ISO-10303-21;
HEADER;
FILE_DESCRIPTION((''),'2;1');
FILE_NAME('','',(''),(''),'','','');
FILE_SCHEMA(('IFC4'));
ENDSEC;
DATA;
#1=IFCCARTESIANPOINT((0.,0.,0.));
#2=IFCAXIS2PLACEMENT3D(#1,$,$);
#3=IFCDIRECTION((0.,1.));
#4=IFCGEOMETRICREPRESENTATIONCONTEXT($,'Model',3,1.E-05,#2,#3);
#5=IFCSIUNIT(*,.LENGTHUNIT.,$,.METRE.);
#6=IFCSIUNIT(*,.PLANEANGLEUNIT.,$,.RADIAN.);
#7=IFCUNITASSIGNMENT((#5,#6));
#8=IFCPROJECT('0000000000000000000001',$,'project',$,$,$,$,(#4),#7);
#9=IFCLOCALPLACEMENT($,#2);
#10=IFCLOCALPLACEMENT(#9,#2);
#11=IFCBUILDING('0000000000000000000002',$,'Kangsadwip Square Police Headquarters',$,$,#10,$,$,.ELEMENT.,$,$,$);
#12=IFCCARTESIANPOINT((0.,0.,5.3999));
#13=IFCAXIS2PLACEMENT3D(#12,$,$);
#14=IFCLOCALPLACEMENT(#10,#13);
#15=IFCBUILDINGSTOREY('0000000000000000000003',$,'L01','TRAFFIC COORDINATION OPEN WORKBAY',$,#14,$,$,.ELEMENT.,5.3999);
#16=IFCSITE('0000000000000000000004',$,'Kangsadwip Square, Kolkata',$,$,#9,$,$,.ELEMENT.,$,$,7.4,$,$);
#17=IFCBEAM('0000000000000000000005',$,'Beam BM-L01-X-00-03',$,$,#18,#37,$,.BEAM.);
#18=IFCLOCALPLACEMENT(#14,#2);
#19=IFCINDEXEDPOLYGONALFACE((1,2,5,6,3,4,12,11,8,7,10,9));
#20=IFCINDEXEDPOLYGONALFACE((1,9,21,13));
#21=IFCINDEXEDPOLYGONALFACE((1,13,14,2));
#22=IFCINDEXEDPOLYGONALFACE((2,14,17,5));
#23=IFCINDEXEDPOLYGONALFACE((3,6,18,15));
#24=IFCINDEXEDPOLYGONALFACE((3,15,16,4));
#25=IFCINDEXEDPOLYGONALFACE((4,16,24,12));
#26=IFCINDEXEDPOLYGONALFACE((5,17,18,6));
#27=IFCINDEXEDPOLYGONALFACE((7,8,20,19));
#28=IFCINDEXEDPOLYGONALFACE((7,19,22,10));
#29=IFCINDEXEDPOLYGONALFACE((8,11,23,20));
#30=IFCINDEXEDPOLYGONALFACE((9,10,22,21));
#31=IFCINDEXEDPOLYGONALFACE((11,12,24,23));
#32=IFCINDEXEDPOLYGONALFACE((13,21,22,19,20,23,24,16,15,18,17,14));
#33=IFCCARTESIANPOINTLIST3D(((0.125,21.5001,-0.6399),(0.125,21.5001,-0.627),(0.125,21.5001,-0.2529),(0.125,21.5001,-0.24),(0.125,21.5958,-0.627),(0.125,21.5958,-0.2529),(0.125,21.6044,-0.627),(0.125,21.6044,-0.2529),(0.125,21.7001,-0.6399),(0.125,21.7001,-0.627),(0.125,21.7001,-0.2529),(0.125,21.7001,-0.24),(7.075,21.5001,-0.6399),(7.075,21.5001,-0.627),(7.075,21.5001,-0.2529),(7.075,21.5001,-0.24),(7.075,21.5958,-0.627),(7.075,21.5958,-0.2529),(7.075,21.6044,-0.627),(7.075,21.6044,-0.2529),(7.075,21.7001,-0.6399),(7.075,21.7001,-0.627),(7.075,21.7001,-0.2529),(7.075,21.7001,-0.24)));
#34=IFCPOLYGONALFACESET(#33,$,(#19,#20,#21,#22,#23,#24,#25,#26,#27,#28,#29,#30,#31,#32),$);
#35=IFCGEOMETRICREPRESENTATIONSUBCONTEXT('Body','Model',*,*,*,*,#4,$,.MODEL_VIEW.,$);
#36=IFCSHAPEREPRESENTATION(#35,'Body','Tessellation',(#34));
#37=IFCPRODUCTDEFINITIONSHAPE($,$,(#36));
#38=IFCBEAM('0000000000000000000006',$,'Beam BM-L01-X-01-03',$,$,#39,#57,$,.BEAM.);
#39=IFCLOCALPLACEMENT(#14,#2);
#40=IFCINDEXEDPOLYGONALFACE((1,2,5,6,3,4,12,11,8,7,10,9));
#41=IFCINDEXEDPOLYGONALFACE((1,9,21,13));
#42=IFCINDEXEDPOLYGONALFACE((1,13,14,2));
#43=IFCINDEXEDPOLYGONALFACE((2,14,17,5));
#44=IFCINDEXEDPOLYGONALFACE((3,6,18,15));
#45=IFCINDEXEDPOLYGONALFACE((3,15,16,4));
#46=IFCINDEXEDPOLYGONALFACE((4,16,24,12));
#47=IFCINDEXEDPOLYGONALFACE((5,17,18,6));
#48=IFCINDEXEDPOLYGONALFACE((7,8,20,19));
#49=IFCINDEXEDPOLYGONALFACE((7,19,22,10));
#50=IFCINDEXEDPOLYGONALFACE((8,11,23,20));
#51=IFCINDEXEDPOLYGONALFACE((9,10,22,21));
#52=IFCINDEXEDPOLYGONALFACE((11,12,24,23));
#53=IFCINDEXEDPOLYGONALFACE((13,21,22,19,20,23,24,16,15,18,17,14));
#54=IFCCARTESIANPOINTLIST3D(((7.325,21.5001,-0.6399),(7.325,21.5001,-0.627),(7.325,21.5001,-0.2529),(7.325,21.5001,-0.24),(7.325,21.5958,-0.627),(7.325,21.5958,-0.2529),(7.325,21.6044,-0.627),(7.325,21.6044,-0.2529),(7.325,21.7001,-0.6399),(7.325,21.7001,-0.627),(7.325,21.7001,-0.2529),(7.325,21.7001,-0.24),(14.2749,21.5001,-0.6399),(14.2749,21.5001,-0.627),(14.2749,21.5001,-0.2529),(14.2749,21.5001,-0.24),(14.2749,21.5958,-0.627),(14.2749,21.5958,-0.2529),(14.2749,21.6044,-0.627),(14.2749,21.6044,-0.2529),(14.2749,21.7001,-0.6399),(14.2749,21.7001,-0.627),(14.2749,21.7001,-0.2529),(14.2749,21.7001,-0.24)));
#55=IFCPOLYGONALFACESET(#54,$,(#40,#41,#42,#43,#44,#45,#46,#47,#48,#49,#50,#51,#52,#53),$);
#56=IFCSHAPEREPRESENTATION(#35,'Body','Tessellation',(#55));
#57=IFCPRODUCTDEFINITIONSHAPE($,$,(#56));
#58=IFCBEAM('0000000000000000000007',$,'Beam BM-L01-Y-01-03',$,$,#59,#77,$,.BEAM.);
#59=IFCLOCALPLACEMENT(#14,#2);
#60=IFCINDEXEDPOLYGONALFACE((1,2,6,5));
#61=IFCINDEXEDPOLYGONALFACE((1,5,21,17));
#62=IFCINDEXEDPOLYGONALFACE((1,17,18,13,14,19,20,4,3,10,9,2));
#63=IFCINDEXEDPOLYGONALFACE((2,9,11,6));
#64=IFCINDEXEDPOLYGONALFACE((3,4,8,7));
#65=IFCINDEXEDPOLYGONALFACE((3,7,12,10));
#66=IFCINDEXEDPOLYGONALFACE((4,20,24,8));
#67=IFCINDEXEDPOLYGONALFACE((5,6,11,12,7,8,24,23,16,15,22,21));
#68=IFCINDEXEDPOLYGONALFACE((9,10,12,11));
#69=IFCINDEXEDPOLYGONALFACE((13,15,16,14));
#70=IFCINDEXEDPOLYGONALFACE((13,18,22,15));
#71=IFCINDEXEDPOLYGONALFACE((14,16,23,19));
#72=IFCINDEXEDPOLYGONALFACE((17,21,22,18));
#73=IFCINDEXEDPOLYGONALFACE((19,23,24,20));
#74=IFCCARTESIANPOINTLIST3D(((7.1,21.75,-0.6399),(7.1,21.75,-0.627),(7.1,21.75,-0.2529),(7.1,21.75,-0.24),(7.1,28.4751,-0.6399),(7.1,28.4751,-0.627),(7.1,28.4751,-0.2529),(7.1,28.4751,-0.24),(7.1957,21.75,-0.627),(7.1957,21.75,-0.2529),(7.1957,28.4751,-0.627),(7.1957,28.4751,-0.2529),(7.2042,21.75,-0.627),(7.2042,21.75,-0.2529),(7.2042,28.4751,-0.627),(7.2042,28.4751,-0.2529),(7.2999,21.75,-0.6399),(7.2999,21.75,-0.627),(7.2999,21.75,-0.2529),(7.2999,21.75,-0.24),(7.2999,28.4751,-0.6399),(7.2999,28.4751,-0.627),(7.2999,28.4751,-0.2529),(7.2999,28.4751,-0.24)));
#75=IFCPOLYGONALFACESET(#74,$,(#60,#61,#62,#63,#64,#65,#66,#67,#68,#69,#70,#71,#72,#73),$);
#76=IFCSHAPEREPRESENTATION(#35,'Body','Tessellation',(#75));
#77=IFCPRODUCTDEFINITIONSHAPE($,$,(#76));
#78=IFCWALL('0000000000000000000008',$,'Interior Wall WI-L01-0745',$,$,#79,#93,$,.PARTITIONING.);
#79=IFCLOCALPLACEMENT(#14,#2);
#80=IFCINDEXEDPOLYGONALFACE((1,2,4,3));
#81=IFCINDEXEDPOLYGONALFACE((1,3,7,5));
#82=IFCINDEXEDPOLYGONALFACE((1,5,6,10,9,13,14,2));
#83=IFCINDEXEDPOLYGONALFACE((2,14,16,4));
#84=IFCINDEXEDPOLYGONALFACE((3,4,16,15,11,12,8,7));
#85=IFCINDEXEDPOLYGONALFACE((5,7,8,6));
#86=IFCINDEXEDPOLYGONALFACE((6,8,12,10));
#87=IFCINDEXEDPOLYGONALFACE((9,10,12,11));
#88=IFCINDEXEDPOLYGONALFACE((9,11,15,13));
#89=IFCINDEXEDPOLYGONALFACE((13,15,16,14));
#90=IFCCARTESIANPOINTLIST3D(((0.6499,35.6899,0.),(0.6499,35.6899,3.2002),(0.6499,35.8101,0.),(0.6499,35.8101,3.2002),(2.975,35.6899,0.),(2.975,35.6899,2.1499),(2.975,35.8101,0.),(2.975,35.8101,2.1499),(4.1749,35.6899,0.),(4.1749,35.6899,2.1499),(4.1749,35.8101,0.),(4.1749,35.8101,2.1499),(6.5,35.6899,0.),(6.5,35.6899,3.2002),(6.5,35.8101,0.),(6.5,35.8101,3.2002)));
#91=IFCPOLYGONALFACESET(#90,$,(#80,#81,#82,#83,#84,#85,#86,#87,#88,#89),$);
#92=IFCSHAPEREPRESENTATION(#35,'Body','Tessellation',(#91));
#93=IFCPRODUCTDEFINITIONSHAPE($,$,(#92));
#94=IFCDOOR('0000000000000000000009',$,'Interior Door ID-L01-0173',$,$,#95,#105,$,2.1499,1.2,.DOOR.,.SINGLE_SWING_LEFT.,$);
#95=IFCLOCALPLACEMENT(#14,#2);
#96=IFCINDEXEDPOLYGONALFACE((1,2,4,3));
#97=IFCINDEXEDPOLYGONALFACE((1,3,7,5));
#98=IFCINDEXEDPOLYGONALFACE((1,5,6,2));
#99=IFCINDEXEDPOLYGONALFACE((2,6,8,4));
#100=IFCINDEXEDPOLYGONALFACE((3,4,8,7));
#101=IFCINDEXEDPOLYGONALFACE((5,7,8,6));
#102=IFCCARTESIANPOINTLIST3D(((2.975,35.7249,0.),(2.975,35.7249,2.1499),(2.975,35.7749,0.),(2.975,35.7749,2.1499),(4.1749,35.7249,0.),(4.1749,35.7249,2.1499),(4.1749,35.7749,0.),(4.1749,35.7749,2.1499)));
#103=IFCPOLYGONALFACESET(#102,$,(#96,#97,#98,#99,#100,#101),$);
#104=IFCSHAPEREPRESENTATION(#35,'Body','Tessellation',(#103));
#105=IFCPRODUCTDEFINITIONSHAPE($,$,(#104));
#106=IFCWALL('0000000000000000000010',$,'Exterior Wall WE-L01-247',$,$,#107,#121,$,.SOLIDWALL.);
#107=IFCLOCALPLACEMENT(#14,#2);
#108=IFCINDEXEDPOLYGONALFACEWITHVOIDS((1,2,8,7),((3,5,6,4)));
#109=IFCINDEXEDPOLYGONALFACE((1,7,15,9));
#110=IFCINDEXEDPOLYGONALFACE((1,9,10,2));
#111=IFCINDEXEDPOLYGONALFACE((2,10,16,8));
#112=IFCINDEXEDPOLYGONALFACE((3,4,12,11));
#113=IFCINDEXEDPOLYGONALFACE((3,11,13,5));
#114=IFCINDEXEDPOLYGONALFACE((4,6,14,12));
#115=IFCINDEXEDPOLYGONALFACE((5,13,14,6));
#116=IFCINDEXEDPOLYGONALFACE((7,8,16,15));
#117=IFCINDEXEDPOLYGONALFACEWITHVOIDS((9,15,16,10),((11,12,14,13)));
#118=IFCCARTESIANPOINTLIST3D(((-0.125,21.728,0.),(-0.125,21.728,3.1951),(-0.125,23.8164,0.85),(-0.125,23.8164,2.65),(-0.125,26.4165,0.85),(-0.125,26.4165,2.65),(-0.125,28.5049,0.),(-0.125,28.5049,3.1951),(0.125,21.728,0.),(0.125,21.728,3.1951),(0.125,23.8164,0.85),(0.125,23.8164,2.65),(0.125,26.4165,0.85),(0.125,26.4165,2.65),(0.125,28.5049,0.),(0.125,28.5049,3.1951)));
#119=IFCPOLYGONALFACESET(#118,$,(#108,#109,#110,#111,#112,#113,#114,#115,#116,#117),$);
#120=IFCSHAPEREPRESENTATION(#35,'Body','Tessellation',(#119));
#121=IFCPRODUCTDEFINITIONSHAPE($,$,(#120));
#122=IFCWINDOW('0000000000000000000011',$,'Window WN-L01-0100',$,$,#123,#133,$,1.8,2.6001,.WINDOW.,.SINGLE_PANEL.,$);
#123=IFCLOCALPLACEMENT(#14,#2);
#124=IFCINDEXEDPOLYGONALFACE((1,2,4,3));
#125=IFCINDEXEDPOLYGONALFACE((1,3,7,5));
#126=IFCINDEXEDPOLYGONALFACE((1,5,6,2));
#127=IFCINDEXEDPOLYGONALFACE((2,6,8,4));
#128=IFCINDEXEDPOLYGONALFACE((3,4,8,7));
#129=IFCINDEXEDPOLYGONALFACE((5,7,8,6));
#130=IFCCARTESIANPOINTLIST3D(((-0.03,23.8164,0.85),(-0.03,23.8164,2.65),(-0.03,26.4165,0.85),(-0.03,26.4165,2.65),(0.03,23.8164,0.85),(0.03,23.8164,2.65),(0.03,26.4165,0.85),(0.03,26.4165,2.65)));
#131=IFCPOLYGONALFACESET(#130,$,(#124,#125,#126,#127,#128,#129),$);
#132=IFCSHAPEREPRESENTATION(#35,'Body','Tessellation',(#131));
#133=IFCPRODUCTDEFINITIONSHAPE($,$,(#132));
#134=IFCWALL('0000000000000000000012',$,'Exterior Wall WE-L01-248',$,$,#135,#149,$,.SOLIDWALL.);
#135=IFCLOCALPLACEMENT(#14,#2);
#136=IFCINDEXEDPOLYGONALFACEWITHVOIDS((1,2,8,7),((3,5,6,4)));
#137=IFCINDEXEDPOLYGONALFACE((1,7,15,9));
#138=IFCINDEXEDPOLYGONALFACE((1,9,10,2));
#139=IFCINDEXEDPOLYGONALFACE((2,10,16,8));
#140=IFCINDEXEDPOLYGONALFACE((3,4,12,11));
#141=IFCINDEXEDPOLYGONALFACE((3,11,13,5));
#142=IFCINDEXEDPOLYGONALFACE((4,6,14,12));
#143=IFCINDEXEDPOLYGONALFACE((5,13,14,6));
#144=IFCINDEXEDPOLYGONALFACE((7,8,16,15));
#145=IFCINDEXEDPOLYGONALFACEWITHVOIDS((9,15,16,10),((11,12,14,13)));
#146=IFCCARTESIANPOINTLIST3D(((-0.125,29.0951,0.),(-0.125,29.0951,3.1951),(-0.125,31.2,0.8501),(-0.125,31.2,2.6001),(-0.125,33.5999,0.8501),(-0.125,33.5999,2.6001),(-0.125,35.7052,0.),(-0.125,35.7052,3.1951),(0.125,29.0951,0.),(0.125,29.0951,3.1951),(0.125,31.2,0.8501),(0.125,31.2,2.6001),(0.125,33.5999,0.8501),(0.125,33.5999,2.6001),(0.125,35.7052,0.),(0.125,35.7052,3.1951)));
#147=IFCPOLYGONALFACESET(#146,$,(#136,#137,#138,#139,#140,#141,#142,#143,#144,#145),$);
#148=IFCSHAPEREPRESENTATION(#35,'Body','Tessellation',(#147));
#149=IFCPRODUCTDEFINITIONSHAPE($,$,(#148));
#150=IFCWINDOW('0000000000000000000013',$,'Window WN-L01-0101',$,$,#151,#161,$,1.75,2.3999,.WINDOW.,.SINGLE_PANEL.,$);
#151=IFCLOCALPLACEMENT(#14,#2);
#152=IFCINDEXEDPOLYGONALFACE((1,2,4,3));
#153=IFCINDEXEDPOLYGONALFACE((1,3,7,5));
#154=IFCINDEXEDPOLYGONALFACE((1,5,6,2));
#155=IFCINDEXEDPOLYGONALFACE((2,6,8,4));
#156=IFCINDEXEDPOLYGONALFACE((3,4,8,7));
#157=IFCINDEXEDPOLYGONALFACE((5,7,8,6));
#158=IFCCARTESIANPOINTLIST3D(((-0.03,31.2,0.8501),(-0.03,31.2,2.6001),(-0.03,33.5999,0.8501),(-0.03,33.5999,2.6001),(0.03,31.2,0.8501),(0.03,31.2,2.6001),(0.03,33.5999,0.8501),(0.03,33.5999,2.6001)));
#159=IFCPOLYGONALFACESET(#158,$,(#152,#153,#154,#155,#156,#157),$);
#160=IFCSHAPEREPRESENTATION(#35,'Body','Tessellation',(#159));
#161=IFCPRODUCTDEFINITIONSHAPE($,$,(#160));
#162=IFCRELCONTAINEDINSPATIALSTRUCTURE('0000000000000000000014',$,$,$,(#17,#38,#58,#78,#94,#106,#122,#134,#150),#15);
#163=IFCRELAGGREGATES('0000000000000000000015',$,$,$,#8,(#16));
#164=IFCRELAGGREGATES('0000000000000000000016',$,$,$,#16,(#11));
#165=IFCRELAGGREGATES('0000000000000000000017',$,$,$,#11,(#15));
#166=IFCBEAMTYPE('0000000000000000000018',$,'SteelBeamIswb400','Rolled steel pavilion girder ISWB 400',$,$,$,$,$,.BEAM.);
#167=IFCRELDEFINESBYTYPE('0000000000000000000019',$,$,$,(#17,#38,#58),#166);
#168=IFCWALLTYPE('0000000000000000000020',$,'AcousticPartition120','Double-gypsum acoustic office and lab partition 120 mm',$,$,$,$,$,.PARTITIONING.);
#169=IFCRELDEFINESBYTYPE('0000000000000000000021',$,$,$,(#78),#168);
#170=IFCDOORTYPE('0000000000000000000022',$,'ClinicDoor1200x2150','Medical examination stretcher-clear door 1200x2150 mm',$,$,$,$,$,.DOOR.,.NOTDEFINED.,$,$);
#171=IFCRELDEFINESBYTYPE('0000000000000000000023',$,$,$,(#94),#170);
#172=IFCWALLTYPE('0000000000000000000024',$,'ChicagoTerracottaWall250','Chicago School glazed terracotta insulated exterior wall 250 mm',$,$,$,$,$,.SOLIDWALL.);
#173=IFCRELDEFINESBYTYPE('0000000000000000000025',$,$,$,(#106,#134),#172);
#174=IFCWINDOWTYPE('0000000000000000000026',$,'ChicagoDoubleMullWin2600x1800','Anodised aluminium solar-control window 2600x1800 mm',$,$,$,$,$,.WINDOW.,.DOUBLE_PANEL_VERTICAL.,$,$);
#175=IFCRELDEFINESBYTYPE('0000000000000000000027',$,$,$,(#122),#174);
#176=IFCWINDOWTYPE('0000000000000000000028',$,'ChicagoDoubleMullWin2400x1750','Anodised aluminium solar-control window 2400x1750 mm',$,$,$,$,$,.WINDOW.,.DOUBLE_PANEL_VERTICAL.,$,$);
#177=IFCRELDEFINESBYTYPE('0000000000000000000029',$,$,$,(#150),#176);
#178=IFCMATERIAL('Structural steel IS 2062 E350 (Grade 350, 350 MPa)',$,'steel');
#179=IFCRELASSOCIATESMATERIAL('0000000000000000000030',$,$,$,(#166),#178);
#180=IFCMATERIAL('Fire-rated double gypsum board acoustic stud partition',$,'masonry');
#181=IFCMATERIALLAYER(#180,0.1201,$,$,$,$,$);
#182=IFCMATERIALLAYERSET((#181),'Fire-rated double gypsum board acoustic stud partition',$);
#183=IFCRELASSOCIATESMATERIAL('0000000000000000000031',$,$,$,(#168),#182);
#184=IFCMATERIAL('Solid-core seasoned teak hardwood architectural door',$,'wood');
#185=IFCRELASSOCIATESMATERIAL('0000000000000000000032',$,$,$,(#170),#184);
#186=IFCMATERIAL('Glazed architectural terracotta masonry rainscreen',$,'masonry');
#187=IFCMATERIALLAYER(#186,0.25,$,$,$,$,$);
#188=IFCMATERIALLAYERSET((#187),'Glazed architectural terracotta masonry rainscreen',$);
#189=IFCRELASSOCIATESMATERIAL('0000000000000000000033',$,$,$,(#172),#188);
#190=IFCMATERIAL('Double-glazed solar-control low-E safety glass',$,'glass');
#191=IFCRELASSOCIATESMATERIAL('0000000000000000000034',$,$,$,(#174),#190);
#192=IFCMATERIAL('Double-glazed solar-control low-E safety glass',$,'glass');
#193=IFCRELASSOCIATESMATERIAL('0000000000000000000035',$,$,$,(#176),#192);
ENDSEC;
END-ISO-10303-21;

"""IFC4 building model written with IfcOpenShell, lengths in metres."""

from ifc_helpers import new_model, si_unit, direction, frame, frame_2d, origin, origin_2d, place, context, subcontext, project, spatial, rectangle, i_section, extrude, material, layer, layer_set, material_profile, profile_set, type_object, element, fill, save


model = new_model("IFC4")

# Units and contexts
model_context = context("Model", 3, precision=1e-05, world=origin(), true_north=direction((0.0, 1.0)))
body_context = subcontext(model_context, "Body", "Model", "MODEL_VIEW")
ifc_project = project(units=[si_unit("LENGTHUNIT", "METRE"), si_unit("PLANEANGLEUNIT", "RADIAN")], contexts=[model_context])

# Site, building, storey
site_placement = place(None, origin())
site = spatial("IfcSite", under=ifc_project, at=site_placement, Name="Kangsadwip Square, Kolkata", CompositionType="ELEMENT", RefElevation=7.4)
building_placement = place(site_placement, origin())
building = spatial("IfcBuilding", under=site, at=building_placement, Name="Kangsadwip Square Police Headquarters", CompositionType="ELEMENT")
storey_placement = place(building_placement, frame((0.0, 0.0, 5.3999)))
storey = spatial("IfcBuildingStorey", under=building, at=storey_placement, Name="L01", Description="TRAFFIC COORDINATION OPEN WORKBAY", CompositionType="ELEMENT", Elevation=5.3999)

# Beams
ifc_material_1 = material(Name="Structural steel IS 2062 E350 (Grade 350, 350 MPa)", Category="steel")
ifc_material_profile_1 = material_profile(ifc_material_1, i_section(OverallWidth=0.2, OverallDepth=0.3999, WebThickness=0.0085, FlangeThickness=0.0129, at=origin_2d()), Name="ISWB 400")
ifc_profile_set_1 = profile_set([ifc_material_profile_1], Name="Structural steel IS 2062 E350 (Grade 350, 350 MPa)")
beam_type_1 = type_object("IfcBeamType", Name="SteelBeamIswb400", Description="Rolled steel pavilion girder ISWB 400", PredefinedType="BEAM", material=ifc_profile_set_1)
for number, where, z_axis, x_axis, name in (
    (1, (0.125, 21.6001, -0.4399), (1.0, 0.0, 0.0), (0.0, 1.0, 0.0), "Beam BM-L01-X-00-03"),
    (2, (7.325, 21.6001, -0.4399), (1.0, 0.0, 0.0), (0.0, 1.0, 0.0), "Beam BM-L01-X-01-03"),
):
    element("IfcBeam", number, at=place(storey_placement, frame(where, z_axis=z_axis, x_axis=x_axis)), inside=storey, type_object=beam_type_1, Name=name, PredefinedType="BEAM", context=body_context, shape_type="SweptSolid", body=[
        extrude(i_section(OverallWidth=0.2, OverallDepth=0.3999, WebThickness=0.0085, FlangeThickness=0.0129, at=origin_2d()), origin(), (0.0, 0.0, 1.0), 6.95),
    ])
beam_1_placement = place(storey_placement, frame((7.2, 21.75, -0.4399), z_axis=(0.0, 1.0, 0.0), x_axis=(-1.0, 0.0, 0.0)))
element("IfcBeam", 3, at=beam_1_placement, inside=storey, type_object=beam_type_1, Name="Beam BM-L01-Y-01-03", PredefinedType="BEAM", context=body_context, shape_type="SweptSolid", body=[
    extrude(i_section(OverallWidth=0.2, OverallDepth=0.3999, WebThickness=0.0085, FlangeThickness=0.0129, at=origin_2d()), origin(), (0.0, 0.0, 1.0), 6.7251),
])

# Wall, opening, door
ifc_material_2 = material(Name="Fire-rated double gypsum board acoustic stud partition", Category="masonry")
ifc_layer_1 = layer(ifc_material_2, 0.1201)
ifc_layer_set_1 = layer_set([ifc_layer_1], Name="Fire-rated double gypsum board acoustic stud partition")
wall_type_1 = type_object("IfcWallType", Name="AcousticPartition120", Description="Double-gypsum acoustic office and lab partition 120 mm", PredefinedType="PARTITIONING", material=ifc_layer_set_1)
wall_1_placement = place(storey_placement, frame((0.6499, 35.75, 0.0), z_axis=(0.0, 0.0, 1.0), x_axis=(1.0, 0.0, 0.0)))
wall_1 = element("IfcWall", 4, at=wall_1_placement, inside=storey, type_object=wall_type_1, Name="Interior Wall WI-L01-0745", PredefinedType="PARTITIONING", context=body_context, shape_type="SweptSolid", body=[
    extrude(rectangle(XDim=5.8501, YDim=0.1201, at=frame_2d((2.925, 0.0))), origin(), (0.0, 0.0, 1.0), 3.2002),
])
opening_1_placement = place(wall_1_placement, frame((2.325, 0.0, 0.0)))
opening_1 = element("IfcOpeningElement", 5, at=opening_1_placement, cuts=wall_1, PredefinedType="OPENING", context=body_context, shape_type="SweptSolid", body=[
    extrude(rectangle(XDim=1.2, YDim=2.1499, at=frame_2d((0.6001, 1.075))), frame((0.0, 0.0701, 0.0), z_axis=(0.0, -1.0, 0.0), x_axis=(1.0, 0.0, 0.0)), (0.0, 0.0, 1.0), 0.1401),
])
ifc_material_3 = material(Name="Solid-core seasoned teak hardwood architectural door", Category="wood")
door_type = type_object("IfcDoorType", Name="ClinicDoor1200x2150", Description="Medical examination stretcher-clear door 1200x2150 mm", OperationType="NOTDEFINED", PredefinedType="DOOR", material=ifc_material_3)
door_placement = place(opening_1_placement, origin())
door = element("IfcDoor", 6, at=door_placement, inside=storey, type_object=door_type, Name="Interior Door ID-L01-0173", OperationType="SINGLE_SWING_LEFT", OverallHeight=2.1499, OverallWidth=1.2, PredefinedType="DOOR", context=body_context, shape_type="SweptSolid", body=[
    extrude(rectangle(XDim=1.2, YDim=2.1499, at=frame_2d((0.6001, 1.075))), frame((0.0, 0.0249, 0.0), z_axis=(0.0, -1.0, 0.0), x_axis=(1.0, 0.0, 0.0)), (0.0, 0.0, 1.0), 0.05),
])
fill(opening_1, door)

# Walls, openings, windows
ifc_material_4 = material(Name="Glazed architectural terracotta masonry rainscreen", Category="masonry")
ifc_layer_2 = layer(ifc_material_4, 0.25)
ifc_layer_set_2 = layer_set([ifc_layer_2], Name="Glazed architectural terracotta masonry rainscreen")
wall_type_2 = type_object("IfcWallType", Name="ChicagoTerracottaWall250", Description="Chicago School glazed terracotta insulated exterior wall 250 mm", PredefinedType="SOLIDWALL", material=ifc_layer_set_2)
wall_2_placement = place(storey_placement, frame((0.0, 21.728, 0.0), z_axis=(0.0, 0.0, 1.0), x_axis=(0.0, 1.0, 0.0)))
wall_2 = element("IfcWall", 7, at=wall_2_placement, inside=storey, type_object=wall_type_2, Name="Exterior Wall WE-L01-247", PredefinedType="SOLIDWALL", context=body_context, shape_type="SweptSolid", body=[
    extrude(rectangle(XDim=6.7769, YDim=0.25, at=frame_2d((3.3884, 0.0))), origin(), (0.0, 0.0, 1.0), 3.1951),
])
opening_2_placement = place(wall_2_placement, frame((2.0884, 0.0, 0.8501)))
opening_2 = element("IfcOpeningElement", 8, at=opening_2_placement, cuts=wall_2, PredefinedType="OPENING", context=body_context, shape_type="SweptSolid", body=[
    extrude(rectangle(XDim=2.6001, YDim=1.8, at=frame_2d((1.3, 0.8999))), frame((0.0, 0.135, 0.0), z_axis=(0.0, -1.0, 0.0), x_axis=(1.0, 0.0, 0.0)), (0.0, 0.0, 1.0), 0.27),
])
ifc_material_5 = material(Name="Double-glazed solar-control low-E safety glass", Category="glass")
window_type_1 = type_object("IfcWindowType", Name="ChicagoDoubleMullWin2600x1800", Description="Anodised aluminium solar-control window 2600x1800 mm", PartitioningType="DOUBLE_PANEL_VERTICAL", PredefinedType="WINDOW", material=ifc_material_5)
window_1_placement = place(opening_2_placement, origin())
window_1 = element("IfcWindow", 9, at=window_1_placement, inside=storey, type_object=window_type_1, Name="Window WN-L01-0100", OverallHeight=1.8, OverallWidth=2.6001, PartitioningType="SINGLE_PANEL", PredefinedType="WINDOW", context=body_context, shape_type="SweptSolid", body=[
    extrude(rectangle(XDim=2.6001, YDim=1.8, at=frame_2d((1.3, 0.8999))), frame((0.0, 0.03, 0.0), z_axis=(0.0, -1.0, 0.0), x_axis=(1.0, 0.0, 0.0)), (0.0, 0.0, 1.0), 0.0601),
])
fill(opening_2, window_1)
wall_3_placement = place(storey_placement, frame((0.0, 29.095, 0.0), z_axis=(0.0, 0.0, 1.0), x_axis=(0.0, 1.0, 0.0)))
wall_3 = element("IfcWall", 10, at=wall_3_placement, inside=storey, type_object=wall_type_2, Name="Exterior Wall WE-L01-248", PredefinedType="SOLIDWALL", context=body_context, shape_type="SweptSolid", body=[
    extrude(rectangle(XDim=6.6101, YDim=0.25, at=frame_2d((3.3052, 0.0))), origin(), (0.0, 0.0, 1.0), 3.1951),
])
opening_3_placement = place(wall_3_placement, frame((2.105, 0.0, 0.8501)))
opening_3 = element("IfcOpeningElement", 11, at=opening_3_placement, cuts=wall_3, PredefinedType="OPENING", context=body_context, shape_type="SweptSolid", body=[
    extrude(rectangle(XDim=2.3999, YDim=1.75, at=frame_2d((1.2, 0.875))), frame((0.0, 0.135, 0.0), z_axis=(0.0, -1.0, 0.0), x_axis=(1.0, 0.0, 0.0)), (0.0, 0.0, 1.0), 0.27),
])
ifc_material_6 = material(Name="Double-glazed solar-control low-E safety glass", Category="glass")
window_type_2 = type_object("IfcWindowType", Name="ChicagoDoubleMullWin2400x1750", Description="Anodised aluminium solar-control window 2400x1750 mm", PartitioningType="DOUBLE_PANEL_VERTICAL", PredefinedType="WINDOW", material=ifc_material_6)
window_2_placement = place(opening_3_placement, origin())
window_2 = element("IfcWindow", 12, at=window_2_placement, inside=storey, type_object=window_type_2, Name="Window WN-L01-0101", OverallHeight=1.75, OverallWidth=2.3999, PartitioningType="SINGLE_PANEL", PredefinedType="WINDOW", context=body_context, shape_type="SweptSolid", body=[
    extrude(rectangle(XDim=2.3999, YDim=1.75, at=frame_2d((1.2, 0.875))), frame((0.0, 0.03, 0.0), z_axis=(0.0, -1.0, 0.0), x_axis=(1.0, 0.0, 0.0)), (0.0, 0.0, 1.0), 0.0601),
])
fill(opening_3, window_2)

save(model, "model.ifc")
